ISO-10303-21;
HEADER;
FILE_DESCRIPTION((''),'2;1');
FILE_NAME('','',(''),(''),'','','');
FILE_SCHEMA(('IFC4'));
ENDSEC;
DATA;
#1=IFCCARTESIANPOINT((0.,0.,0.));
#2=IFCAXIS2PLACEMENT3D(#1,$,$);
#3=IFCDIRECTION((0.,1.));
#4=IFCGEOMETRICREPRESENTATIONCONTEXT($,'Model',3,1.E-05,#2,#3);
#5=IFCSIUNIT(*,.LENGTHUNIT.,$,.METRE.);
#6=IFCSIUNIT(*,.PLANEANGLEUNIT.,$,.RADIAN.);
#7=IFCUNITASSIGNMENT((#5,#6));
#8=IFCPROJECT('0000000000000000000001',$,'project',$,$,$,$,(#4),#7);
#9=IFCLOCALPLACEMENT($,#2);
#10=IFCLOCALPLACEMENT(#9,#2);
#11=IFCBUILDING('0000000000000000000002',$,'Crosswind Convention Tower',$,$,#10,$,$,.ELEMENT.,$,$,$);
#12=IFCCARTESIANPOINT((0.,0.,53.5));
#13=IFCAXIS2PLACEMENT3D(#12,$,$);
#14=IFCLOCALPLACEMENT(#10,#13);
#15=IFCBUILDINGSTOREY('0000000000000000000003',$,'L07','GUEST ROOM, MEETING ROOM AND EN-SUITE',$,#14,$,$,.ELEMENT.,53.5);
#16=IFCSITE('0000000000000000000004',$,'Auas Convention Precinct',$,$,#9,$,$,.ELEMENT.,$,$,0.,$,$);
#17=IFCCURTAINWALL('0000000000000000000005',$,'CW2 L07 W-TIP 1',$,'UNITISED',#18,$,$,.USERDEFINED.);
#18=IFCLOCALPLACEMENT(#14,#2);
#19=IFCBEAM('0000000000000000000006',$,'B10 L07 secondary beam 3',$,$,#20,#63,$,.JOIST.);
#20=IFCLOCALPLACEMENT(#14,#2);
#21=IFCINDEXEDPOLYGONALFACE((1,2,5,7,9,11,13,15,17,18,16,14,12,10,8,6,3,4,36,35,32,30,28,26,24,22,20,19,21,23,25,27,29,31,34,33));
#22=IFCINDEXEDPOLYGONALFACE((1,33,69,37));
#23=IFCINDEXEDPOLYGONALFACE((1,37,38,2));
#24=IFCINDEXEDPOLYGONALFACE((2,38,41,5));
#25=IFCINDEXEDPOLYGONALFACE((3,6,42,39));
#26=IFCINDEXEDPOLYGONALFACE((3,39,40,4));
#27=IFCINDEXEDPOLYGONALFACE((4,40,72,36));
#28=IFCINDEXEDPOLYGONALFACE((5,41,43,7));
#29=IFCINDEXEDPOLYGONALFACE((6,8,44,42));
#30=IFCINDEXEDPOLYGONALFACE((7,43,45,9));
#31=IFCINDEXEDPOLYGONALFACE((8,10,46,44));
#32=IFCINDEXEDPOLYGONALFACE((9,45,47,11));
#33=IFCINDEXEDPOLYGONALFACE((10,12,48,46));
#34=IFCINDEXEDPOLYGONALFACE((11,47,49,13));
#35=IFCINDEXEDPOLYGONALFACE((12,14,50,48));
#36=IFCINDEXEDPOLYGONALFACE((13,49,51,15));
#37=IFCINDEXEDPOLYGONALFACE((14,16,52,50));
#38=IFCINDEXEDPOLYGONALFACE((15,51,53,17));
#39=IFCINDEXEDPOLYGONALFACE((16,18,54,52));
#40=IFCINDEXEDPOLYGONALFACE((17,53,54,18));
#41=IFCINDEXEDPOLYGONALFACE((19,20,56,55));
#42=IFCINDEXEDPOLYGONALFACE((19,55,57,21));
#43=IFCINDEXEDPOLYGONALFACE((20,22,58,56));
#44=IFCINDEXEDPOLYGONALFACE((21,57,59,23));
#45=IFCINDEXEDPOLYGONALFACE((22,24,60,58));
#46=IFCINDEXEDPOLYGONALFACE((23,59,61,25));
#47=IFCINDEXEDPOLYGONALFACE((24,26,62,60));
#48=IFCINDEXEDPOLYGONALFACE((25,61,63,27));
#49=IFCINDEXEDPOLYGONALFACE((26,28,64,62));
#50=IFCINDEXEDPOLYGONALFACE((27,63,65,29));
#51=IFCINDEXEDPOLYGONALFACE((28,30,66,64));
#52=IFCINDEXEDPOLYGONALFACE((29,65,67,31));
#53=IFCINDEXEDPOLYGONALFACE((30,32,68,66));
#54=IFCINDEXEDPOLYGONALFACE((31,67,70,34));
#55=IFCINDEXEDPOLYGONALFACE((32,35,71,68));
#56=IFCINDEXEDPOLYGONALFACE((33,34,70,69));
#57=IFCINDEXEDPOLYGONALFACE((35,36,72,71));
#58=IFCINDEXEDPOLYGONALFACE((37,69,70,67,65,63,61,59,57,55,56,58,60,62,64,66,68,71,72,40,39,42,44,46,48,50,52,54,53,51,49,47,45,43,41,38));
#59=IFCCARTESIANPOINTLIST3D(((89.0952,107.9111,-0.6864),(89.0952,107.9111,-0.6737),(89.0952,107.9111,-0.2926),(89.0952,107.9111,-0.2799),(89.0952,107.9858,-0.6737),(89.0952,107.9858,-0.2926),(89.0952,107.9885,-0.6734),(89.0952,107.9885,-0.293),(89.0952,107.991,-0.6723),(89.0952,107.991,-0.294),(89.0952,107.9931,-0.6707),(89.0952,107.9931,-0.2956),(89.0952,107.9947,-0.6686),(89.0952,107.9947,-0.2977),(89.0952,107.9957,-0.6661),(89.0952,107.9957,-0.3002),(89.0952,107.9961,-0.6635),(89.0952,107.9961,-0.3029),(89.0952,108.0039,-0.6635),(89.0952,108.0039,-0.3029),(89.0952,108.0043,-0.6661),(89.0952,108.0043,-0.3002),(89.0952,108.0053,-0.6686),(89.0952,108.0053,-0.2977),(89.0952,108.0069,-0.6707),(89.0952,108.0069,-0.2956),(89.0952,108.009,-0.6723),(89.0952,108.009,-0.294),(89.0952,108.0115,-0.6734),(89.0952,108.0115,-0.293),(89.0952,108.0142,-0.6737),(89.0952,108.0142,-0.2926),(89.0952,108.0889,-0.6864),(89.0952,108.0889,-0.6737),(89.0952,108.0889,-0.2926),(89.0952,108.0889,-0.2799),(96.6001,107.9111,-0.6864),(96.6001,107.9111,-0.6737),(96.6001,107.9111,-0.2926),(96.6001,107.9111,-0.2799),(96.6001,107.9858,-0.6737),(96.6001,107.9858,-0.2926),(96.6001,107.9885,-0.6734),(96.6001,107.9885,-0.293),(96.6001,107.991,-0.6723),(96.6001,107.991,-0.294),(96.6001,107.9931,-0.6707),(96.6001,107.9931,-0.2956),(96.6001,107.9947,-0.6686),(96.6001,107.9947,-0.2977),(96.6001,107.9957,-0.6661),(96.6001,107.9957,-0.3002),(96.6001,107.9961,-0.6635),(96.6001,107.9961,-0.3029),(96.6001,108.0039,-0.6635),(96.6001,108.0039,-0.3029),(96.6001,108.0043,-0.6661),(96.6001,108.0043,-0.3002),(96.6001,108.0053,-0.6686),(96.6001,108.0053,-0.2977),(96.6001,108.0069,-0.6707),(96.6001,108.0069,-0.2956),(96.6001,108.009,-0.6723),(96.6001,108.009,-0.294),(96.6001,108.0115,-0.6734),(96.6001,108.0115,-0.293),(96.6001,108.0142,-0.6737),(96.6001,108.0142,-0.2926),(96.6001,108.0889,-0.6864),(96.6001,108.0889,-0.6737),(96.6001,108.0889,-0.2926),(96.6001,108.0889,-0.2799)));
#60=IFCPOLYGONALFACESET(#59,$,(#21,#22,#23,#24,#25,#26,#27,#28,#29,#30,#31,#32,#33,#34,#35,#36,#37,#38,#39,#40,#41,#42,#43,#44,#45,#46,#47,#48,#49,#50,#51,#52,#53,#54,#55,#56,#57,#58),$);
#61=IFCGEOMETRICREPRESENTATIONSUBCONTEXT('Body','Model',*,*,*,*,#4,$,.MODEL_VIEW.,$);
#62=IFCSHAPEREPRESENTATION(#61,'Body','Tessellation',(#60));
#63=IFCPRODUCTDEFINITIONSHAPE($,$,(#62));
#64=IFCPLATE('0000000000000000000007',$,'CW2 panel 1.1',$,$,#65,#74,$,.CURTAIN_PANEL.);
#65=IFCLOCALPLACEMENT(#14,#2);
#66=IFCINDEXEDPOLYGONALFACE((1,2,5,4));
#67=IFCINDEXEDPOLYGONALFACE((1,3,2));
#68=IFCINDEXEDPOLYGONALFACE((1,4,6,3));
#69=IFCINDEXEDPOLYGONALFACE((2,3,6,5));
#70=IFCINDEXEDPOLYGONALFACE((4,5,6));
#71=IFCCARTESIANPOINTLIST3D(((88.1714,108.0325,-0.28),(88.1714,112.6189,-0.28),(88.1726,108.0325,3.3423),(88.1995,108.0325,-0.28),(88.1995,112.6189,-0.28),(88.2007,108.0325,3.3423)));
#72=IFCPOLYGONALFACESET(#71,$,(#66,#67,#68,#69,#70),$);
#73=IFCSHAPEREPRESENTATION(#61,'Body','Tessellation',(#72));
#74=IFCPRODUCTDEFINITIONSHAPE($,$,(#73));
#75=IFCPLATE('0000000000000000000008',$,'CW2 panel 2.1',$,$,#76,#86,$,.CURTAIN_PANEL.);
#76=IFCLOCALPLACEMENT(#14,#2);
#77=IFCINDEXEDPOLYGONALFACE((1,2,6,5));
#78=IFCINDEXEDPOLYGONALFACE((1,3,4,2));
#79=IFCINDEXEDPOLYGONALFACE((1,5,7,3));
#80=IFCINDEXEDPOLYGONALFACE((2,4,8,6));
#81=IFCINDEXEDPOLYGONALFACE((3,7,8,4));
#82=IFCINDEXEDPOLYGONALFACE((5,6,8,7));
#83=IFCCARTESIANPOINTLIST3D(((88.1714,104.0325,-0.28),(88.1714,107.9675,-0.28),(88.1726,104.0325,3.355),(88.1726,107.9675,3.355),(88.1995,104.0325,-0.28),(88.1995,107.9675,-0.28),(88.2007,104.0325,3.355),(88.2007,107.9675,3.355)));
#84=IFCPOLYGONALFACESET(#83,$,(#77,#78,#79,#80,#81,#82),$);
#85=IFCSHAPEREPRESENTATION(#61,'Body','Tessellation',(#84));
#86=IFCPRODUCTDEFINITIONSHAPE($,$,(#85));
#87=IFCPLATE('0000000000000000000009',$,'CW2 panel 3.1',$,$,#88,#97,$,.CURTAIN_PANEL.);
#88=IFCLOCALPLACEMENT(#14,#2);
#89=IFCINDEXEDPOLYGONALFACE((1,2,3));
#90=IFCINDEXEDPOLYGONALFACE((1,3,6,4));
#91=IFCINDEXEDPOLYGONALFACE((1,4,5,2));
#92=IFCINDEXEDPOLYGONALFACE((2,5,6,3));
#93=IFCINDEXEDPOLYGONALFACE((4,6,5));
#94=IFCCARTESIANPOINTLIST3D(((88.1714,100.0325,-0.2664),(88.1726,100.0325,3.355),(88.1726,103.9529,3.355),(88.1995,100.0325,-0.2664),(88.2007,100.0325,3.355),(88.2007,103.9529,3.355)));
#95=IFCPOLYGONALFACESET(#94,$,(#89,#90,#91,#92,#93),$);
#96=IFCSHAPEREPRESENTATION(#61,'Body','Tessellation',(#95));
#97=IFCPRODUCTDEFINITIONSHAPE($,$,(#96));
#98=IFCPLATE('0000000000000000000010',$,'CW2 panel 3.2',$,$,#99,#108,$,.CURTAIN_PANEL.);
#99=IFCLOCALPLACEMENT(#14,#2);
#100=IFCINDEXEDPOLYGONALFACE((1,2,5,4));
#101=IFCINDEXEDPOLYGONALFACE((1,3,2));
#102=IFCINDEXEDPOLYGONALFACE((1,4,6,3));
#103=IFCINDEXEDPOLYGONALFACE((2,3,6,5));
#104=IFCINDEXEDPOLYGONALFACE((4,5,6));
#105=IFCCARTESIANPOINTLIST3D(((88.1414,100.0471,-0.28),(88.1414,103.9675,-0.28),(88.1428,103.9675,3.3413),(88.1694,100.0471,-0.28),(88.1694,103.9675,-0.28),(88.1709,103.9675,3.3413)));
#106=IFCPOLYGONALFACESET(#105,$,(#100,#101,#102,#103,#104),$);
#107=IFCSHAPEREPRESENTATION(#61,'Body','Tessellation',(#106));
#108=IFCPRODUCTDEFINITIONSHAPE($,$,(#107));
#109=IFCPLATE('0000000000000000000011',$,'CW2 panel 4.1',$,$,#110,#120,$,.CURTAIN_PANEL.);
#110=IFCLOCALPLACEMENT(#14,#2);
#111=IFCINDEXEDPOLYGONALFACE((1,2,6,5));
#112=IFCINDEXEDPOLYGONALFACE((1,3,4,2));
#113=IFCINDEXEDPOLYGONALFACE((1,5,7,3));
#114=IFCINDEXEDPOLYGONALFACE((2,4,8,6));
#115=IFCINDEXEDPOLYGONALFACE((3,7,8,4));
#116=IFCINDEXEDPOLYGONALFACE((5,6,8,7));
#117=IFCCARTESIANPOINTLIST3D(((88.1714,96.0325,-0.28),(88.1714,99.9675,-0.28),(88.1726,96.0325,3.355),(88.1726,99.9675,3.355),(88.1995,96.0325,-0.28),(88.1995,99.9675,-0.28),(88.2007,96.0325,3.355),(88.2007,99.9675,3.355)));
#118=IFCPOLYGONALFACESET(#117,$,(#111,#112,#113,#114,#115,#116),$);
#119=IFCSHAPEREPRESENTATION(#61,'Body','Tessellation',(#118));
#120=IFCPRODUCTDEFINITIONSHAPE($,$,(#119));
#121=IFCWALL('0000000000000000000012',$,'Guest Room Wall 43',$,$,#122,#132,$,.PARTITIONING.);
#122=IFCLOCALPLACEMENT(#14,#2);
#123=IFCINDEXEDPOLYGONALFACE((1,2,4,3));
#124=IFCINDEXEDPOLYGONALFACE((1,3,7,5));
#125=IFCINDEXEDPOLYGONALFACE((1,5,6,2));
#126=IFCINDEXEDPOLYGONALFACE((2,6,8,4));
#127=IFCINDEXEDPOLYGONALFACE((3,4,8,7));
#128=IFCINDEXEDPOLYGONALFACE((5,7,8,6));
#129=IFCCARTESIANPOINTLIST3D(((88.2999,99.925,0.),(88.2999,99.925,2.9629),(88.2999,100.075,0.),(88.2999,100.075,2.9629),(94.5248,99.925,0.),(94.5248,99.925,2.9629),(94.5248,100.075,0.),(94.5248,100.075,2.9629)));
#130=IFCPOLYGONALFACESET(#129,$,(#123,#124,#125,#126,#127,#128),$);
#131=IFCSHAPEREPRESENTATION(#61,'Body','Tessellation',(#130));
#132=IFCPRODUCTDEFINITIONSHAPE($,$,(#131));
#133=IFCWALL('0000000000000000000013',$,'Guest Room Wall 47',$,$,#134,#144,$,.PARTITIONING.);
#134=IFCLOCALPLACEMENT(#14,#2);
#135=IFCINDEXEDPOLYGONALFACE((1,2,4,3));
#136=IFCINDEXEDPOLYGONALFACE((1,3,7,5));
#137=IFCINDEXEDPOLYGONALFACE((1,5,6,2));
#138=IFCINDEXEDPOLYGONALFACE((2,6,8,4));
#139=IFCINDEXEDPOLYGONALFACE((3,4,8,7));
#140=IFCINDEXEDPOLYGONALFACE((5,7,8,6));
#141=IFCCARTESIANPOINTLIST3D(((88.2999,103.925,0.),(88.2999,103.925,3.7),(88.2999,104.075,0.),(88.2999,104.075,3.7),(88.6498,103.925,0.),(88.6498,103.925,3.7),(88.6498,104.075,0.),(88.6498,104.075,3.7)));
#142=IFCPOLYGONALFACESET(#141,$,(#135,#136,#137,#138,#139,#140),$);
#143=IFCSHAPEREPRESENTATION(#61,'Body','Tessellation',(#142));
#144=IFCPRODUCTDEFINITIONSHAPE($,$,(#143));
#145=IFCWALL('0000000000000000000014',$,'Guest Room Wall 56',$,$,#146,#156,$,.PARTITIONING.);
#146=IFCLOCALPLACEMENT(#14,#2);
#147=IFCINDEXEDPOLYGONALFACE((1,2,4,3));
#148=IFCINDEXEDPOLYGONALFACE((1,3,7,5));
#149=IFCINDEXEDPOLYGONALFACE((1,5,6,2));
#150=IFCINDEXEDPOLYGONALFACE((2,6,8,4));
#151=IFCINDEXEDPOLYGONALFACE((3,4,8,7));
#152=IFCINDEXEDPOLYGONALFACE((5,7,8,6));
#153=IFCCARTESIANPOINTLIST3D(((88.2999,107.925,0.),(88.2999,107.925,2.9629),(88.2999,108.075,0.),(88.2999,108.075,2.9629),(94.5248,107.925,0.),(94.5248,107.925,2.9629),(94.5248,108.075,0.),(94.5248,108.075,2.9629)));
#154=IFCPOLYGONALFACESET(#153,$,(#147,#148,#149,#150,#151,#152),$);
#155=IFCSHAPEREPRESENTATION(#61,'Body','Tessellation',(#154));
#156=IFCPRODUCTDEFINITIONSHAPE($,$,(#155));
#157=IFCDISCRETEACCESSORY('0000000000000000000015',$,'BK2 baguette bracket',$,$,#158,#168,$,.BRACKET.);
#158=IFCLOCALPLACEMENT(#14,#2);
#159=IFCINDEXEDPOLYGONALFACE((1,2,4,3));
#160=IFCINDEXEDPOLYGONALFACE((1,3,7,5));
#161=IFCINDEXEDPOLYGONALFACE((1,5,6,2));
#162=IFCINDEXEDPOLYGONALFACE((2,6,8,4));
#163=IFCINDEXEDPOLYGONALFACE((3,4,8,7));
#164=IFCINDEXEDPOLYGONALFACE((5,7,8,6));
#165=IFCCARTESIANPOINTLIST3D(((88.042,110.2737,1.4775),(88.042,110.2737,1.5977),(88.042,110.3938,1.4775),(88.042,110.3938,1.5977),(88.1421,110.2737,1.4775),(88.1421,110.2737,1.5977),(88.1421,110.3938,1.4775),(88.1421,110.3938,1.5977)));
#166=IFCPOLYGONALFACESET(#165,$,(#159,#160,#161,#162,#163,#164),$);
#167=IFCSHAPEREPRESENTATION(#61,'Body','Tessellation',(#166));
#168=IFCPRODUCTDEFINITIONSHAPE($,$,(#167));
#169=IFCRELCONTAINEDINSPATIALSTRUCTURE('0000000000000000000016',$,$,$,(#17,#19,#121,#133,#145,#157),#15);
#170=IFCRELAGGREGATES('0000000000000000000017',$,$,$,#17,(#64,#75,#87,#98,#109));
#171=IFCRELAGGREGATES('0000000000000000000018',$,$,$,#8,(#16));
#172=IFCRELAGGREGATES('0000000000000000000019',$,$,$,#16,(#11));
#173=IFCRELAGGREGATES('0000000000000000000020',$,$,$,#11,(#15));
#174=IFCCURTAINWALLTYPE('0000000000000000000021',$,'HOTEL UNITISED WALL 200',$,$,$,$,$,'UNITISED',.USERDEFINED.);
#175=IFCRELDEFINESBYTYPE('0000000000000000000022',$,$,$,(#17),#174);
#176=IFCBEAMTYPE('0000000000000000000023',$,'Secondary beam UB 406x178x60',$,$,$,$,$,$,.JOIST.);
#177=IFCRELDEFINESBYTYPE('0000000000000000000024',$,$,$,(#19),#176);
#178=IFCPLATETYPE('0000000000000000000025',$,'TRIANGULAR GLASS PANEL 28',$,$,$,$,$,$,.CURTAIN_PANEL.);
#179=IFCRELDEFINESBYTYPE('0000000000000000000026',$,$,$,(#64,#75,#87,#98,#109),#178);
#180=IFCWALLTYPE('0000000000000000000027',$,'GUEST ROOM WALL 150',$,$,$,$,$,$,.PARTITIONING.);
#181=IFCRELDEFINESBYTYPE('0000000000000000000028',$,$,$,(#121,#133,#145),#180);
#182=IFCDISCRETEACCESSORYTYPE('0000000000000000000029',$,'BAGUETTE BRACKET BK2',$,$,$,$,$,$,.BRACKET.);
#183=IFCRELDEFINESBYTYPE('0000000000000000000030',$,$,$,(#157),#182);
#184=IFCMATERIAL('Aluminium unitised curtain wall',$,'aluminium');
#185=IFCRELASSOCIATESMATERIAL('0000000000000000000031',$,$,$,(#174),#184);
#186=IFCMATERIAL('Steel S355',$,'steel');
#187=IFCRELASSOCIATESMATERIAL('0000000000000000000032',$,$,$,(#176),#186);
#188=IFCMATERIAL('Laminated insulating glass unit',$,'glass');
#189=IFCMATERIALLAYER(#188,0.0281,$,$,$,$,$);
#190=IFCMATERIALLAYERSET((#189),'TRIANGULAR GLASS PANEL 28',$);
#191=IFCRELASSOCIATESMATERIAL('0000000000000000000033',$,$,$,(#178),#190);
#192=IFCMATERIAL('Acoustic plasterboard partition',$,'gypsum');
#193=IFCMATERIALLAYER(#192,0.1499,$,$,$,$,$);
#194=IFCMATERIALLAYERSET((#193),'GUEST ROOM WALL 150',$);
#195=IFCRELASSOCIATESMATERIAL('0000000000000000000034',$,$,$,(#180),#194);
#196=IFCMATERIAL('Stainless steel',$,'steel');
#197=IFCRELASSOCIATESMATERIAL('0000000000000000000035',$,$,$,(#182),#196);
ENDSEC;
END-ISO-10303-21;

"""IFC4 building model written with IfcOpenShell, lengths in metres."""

from ifc_helpers import new_model, si_unit, direction, frame, frame_2d, origin, origin_2d, place, context, subcontext, project, spatial, polyline, rectangle, i_section, outline, extrude, material, layer, layer_set, material_profile, profile_set, type_object, element, aggregate, save


model = new_model("IFC4")

# Units and contexts
model_context = context("Model", 3, precision=1e-05, world=origin(), true_north=direction((0.0, 1.0)))
body_context = subcontext(model_context, "Body", "Model", "MODEL_VIEW")
ifc_project = project(units=[si_unit("LENGTHUNIT", "METRE"), si_unit("PLANEANGLEUNIT", "RADIAN")], contexts=[model_context])

# Site, building, storey
site_placement = place(None, origin())
site = spatial("IfcSite", under=ifc_project, at=site_placement, Name="Auas Convention Precinct", CompositionType="ELEMENT", RefElevation=0.0)
building_placement = place(site_placement, origin())
building = spatial("IfcBuilding", under=site, at=building_placement, Name="Crosswind Convention Tower", CompositionType="ELEMENT")
storey_placement = place(building_placement, frame((0.0, 0.0, 53.5)))
storey = spatial("IfcBuildingStorey", under=building, at=storey_placement, Name="L07", Description="GUEST ROOM, MEETING ROOM AND EN-SUITE", CompositionType="ELEMENT", Elevation=53.5)

# Shared definitions
ifc_material_1 = material(Name="Steel S355", Category="steel")

# Curtain wall
ifc_material_2 = material(Name="Aluminium unitised curtain wall", Category="aluminium")
curtain_wall_type = type_object("IfcCurtainWallType", Name="HOTEL UNITISED WALL 200", ElementType="UNITISED", PredefinedType="USERDEFINED", material=ifc_material_2)
curtain_wall_placement = place(storey_placement, origin())
curtain_wall = element("IfcCurtainWall", 1, at=curtain_wall_placement, inside=storey, type_object=curtain_wall_type, Name="CW2 L07 W-TIP 1", ObjectType="UNITISED", PredefinedType="USERDEFINED")

# Beam
ifc_material_profile_1 = material_profile(ifc_material_1, i_section(OverallWidth=0.1777, OverallDepth=0.4065, WebThickness=0.0078, FlangeThickness=0.0127, FilletRadius=0.0103, at=origin_2d()), Name="UB 406x178x60")
ifc_profile_set_1 = profile_set([ifc_material_profile_1], Name="Steel S355")
beam_type_1 = type_object("IfcBeamType", Name="Secondary beam UB 406x178x60", PredefinedType="JOIST", material=ifc_profile_set_1)
for number, where, z_axis, x_axis, name in (
    (2, (89.0952, 108.0, -0.4832), (1.0, 0.0, 0.0), (0.0, 1.0, 0.0), "B10 L07 secondary beam 3"),
):
    element("IfcBeam", number, at=place(storey_placement, frame(where, z_axis=z_axis, x_axis=x_axis)), inside=storey, type_object=beam_type_1, Name=name, PredefinedType="JOIST", context=body_context, shape_type="SweptSolid", body=[
        extrude(i_section(OverallWidth=0.1777, OverallDepth=0.4065, WebThickness=0.0078, FlangeThickness=0.0127, FilletRadius=0.0103, at=origin_2d()), origin(), (0.0, 0.0, 1.0), 7.5049),
    ])

# Plates
ifc_material_3 = material(Name="Laminated insulating glass unit", Category="glass")
ifc_layer_1 = layer(ifc_material_3, 0.0281)
ifc_layer_set_1 = layer_set([ifc_layer_1], Name="TRIANGULAR GLASS PANEL 28")
plate_type = type_object("IfcPlateType", Name="TRIANGULAR GLASS PANEL 28", PredefinedType="CURTAIN_PANEL", material=ifc_layer_set_1)
plate_1_placement = place(storey_placement, frame((88.1714, 108.0325, -0.28), z_axis=(-1.0, 0.0, 0.000337), x_axis=(0.000337, 0.0, 1.0)))
plate_1 = element("IfcPlate", 3, at=plate_1_placement, type_object=plate_type, Name="CW2 panel 1.1", PredefinedType="CURTAIN_PANEL", context=body_context, shape_type="SweptSolid", body=[
    extrude(outline(polyline([(0.0, 0.0), (3.6223, 0.0), (0.0, 4.5864), (0.0, 0.0)])), origin(), (0.0, 0.0, -1.0), 0.0281),
])
plate_2_placement = place(storey_placement, frame((88.1714, 107.9675, -0.28), z_axis=(-1.0, 0.0, 0.000336), x_axis=(0.0, -1.0, 0.0)))
plate_2 = element("IfcPlate", 4, at=plate_2_placement, type_object=plate_type, Name="CW2 panel 2.1", PredefinedType="CURTAIN_PANEL", context=body_context, shape_type="SweptSolid", body=[
    extrude(outline(polyline([(0.0, 0.0), (3.9351, 0.0), (3.9351, 3.635), (0.0, 3.635), (0.0, 0.0)])), origin(), (0.0, 0.0, -1.0), 0.0281),
])
plate_3_placement = place(storey_placement, frame((88.1726, 100.0325, 3.355), z_axis=(-1.0, 0.0, 0.000337), x_axis=(0.0, 1.0, 0.0)))
plate_3 = element("IfcPlate", 5, at=plate_3_placement, type_object=plate_type, Name="CW2 panel 3.1", PredefinedType="CURTAIN_PANEL", context=body_context, shape_type="SweptSolid", body=[
    extrude(outline(polyline([(0.0, 0.0), (3.9204, 0.0), (0.0, 3.6213), (0.0, 0.0)])), origin(), (0.0, 0.0, -1.0), 0.0281),
])
plate_4_placement = place(storey_placement, frame((88.1414, 103.9675, -0.28), z_axis=(-1.0, 0.0, 0.000405), x_axis=(0.0, -1.0, 0.0)))
plate_4 = element("IfcPlate", 6, at=plate_4_placement, type_object=plate_type, Name="CW2 panel 3.2", PredefinedType="CURTAIN_PANEL", context=body_context, shape_type="SweptSolid", body=[
    extrude(outline(polyline([(0.0, 0.0), (3.9204, 0.0), (0.0, 3.6213), (0.0, 0.0)])), origin(), (0.0, 0.0, -1.0), 0.0281),
])
plate_5_placement = place(storey_placement, frame((88.1714, 99.9675, -0.28), z_axis=(-1.0, 0.0, 0.000336), x_axis=(0.0, -1.0, 0.0)))
plate_5 = element("IfcPlate", 7, at=plate_5_placement, type_object=plate_type, Name="CW2 panel 4.1", PredefinedType="CURTAIN_PANEL", context=body_context, shape_type="SweptSolid", body=[
    extrude(outline(polyline([(0.0, 0.0), (3.9351, 0.0), (3.9351, 3.635), (0.0, 3.635), (0.0, 0.0)])), origin(), (0.0, 0.0, -1.0), 0.0281),
])
aggregate(curtain_wall, [plate_1, plate_2, plate_3, plate_4, plate_5])

# Walls
ifc_material_4 = material(Name="Acoustic plasterboard partition", Category="gypsum")
ifc_layer_2 = layer(ifc_material_4, 0.1499)
ifc_layer_set_2 = layer_set([ifc_layer_2], Name="GUEST ROOM WALL 150")
wall_type = type_object("IfcWallType", Name="GUEST ROOM WALL 150", PredefinedType="PARTITIONING", material=ifc_layer_set_2)
wall_1_placement = place(storey_placement, frame((88.3, 100.0, 0.0), z_axis=(0.0, 0.0, 1.0), x_axis=(1.0, 0.0, 0.0)))
element("IfcWall", 8, at=wall_1_placement, inside=storey, type_object=wall_type, Name="Guest Room Wall 43", PredefinedType="PARTITIONING", context=body_context, shape_type="SweptSolid", body=[
    extrude(rectangle(XDim=6.2249, YDim=0.1499, at=frame_2d((3.1123, 0.0))), origin(), (0.0, 0.0, 1.0), 2.9629),
])
wall_2_placement = place(storey_placement, frame((88.3, 104.0, 0.0), z_axis=(0.0, 0.0, 1.0), x_axis=(1.0, 0.0, 0.0)))
element("IfcWall", 9, at=wall_2_placement, inside=storey, type_object=wall_type, Name="Guest Room Wall 47", PredefinedType="PARTITIONING", context=body_context, shape_type="SweptSolid", body=[
    extrude(rectangle(XDim=0.3499, YDim=0.1499, at=frame_2d((0.1748, 0.0))), origin(), (0.0, 0.0, 1.0), 3.7),
])
wall_3_placement = place(storey_placement, frame((88.3, 108.0, 0.0), z_axis=(0.0, 0.0, 1.0), x_axis=(1.0, 0.0, 0.0)))
element("IfcWall", 10, at=wall_3_placement, inside=storey, type_object=wall_type, Name="Guest Room Wall 56", PredefinedType="PARTITIONING", context=body_context, shape_type="SweptSolid", body=[
    extrude(rectangle(XDim=6.2249, YDim=0.1499, at=frame_2d((3.1123, 0.0))), origin(), (0.0, 0.0, 1.0), 2.9629),
])

# Discrete accessory
ifc_material_5 = material(Name="Stainless steel", Category="steel")
discrete_accessory_type = type_object("IfcDiscreteAccessoryType", Name="BAGUETTE BRACKET BK2", PredefinedType="BRACKET", material=ifc_material_5)
discrete_accessory_placement = place(storey_placement, frame((88.092, 110.3337, 1.4775), z_axis=(0.0, 0.0, 1.0), x_axis=(0.0, -1.0, 0.0)))
element("IfcDiscreteAccessory", 11, at=discrete_accessory_placement, inside=storey, type_object=discrete_accessory_type, Name="BK2 baguette bracket", PredefinedType="BRACKET", context=body_context, shape_type="SweptSolid", body=[
    extrude(rectangle(XDim=0.1201, YDim=0.1001, at=origin_2d()), origin(), (0.0, 0.0, 1.0), 0.1201),
])

save(model, "model.ifc")
